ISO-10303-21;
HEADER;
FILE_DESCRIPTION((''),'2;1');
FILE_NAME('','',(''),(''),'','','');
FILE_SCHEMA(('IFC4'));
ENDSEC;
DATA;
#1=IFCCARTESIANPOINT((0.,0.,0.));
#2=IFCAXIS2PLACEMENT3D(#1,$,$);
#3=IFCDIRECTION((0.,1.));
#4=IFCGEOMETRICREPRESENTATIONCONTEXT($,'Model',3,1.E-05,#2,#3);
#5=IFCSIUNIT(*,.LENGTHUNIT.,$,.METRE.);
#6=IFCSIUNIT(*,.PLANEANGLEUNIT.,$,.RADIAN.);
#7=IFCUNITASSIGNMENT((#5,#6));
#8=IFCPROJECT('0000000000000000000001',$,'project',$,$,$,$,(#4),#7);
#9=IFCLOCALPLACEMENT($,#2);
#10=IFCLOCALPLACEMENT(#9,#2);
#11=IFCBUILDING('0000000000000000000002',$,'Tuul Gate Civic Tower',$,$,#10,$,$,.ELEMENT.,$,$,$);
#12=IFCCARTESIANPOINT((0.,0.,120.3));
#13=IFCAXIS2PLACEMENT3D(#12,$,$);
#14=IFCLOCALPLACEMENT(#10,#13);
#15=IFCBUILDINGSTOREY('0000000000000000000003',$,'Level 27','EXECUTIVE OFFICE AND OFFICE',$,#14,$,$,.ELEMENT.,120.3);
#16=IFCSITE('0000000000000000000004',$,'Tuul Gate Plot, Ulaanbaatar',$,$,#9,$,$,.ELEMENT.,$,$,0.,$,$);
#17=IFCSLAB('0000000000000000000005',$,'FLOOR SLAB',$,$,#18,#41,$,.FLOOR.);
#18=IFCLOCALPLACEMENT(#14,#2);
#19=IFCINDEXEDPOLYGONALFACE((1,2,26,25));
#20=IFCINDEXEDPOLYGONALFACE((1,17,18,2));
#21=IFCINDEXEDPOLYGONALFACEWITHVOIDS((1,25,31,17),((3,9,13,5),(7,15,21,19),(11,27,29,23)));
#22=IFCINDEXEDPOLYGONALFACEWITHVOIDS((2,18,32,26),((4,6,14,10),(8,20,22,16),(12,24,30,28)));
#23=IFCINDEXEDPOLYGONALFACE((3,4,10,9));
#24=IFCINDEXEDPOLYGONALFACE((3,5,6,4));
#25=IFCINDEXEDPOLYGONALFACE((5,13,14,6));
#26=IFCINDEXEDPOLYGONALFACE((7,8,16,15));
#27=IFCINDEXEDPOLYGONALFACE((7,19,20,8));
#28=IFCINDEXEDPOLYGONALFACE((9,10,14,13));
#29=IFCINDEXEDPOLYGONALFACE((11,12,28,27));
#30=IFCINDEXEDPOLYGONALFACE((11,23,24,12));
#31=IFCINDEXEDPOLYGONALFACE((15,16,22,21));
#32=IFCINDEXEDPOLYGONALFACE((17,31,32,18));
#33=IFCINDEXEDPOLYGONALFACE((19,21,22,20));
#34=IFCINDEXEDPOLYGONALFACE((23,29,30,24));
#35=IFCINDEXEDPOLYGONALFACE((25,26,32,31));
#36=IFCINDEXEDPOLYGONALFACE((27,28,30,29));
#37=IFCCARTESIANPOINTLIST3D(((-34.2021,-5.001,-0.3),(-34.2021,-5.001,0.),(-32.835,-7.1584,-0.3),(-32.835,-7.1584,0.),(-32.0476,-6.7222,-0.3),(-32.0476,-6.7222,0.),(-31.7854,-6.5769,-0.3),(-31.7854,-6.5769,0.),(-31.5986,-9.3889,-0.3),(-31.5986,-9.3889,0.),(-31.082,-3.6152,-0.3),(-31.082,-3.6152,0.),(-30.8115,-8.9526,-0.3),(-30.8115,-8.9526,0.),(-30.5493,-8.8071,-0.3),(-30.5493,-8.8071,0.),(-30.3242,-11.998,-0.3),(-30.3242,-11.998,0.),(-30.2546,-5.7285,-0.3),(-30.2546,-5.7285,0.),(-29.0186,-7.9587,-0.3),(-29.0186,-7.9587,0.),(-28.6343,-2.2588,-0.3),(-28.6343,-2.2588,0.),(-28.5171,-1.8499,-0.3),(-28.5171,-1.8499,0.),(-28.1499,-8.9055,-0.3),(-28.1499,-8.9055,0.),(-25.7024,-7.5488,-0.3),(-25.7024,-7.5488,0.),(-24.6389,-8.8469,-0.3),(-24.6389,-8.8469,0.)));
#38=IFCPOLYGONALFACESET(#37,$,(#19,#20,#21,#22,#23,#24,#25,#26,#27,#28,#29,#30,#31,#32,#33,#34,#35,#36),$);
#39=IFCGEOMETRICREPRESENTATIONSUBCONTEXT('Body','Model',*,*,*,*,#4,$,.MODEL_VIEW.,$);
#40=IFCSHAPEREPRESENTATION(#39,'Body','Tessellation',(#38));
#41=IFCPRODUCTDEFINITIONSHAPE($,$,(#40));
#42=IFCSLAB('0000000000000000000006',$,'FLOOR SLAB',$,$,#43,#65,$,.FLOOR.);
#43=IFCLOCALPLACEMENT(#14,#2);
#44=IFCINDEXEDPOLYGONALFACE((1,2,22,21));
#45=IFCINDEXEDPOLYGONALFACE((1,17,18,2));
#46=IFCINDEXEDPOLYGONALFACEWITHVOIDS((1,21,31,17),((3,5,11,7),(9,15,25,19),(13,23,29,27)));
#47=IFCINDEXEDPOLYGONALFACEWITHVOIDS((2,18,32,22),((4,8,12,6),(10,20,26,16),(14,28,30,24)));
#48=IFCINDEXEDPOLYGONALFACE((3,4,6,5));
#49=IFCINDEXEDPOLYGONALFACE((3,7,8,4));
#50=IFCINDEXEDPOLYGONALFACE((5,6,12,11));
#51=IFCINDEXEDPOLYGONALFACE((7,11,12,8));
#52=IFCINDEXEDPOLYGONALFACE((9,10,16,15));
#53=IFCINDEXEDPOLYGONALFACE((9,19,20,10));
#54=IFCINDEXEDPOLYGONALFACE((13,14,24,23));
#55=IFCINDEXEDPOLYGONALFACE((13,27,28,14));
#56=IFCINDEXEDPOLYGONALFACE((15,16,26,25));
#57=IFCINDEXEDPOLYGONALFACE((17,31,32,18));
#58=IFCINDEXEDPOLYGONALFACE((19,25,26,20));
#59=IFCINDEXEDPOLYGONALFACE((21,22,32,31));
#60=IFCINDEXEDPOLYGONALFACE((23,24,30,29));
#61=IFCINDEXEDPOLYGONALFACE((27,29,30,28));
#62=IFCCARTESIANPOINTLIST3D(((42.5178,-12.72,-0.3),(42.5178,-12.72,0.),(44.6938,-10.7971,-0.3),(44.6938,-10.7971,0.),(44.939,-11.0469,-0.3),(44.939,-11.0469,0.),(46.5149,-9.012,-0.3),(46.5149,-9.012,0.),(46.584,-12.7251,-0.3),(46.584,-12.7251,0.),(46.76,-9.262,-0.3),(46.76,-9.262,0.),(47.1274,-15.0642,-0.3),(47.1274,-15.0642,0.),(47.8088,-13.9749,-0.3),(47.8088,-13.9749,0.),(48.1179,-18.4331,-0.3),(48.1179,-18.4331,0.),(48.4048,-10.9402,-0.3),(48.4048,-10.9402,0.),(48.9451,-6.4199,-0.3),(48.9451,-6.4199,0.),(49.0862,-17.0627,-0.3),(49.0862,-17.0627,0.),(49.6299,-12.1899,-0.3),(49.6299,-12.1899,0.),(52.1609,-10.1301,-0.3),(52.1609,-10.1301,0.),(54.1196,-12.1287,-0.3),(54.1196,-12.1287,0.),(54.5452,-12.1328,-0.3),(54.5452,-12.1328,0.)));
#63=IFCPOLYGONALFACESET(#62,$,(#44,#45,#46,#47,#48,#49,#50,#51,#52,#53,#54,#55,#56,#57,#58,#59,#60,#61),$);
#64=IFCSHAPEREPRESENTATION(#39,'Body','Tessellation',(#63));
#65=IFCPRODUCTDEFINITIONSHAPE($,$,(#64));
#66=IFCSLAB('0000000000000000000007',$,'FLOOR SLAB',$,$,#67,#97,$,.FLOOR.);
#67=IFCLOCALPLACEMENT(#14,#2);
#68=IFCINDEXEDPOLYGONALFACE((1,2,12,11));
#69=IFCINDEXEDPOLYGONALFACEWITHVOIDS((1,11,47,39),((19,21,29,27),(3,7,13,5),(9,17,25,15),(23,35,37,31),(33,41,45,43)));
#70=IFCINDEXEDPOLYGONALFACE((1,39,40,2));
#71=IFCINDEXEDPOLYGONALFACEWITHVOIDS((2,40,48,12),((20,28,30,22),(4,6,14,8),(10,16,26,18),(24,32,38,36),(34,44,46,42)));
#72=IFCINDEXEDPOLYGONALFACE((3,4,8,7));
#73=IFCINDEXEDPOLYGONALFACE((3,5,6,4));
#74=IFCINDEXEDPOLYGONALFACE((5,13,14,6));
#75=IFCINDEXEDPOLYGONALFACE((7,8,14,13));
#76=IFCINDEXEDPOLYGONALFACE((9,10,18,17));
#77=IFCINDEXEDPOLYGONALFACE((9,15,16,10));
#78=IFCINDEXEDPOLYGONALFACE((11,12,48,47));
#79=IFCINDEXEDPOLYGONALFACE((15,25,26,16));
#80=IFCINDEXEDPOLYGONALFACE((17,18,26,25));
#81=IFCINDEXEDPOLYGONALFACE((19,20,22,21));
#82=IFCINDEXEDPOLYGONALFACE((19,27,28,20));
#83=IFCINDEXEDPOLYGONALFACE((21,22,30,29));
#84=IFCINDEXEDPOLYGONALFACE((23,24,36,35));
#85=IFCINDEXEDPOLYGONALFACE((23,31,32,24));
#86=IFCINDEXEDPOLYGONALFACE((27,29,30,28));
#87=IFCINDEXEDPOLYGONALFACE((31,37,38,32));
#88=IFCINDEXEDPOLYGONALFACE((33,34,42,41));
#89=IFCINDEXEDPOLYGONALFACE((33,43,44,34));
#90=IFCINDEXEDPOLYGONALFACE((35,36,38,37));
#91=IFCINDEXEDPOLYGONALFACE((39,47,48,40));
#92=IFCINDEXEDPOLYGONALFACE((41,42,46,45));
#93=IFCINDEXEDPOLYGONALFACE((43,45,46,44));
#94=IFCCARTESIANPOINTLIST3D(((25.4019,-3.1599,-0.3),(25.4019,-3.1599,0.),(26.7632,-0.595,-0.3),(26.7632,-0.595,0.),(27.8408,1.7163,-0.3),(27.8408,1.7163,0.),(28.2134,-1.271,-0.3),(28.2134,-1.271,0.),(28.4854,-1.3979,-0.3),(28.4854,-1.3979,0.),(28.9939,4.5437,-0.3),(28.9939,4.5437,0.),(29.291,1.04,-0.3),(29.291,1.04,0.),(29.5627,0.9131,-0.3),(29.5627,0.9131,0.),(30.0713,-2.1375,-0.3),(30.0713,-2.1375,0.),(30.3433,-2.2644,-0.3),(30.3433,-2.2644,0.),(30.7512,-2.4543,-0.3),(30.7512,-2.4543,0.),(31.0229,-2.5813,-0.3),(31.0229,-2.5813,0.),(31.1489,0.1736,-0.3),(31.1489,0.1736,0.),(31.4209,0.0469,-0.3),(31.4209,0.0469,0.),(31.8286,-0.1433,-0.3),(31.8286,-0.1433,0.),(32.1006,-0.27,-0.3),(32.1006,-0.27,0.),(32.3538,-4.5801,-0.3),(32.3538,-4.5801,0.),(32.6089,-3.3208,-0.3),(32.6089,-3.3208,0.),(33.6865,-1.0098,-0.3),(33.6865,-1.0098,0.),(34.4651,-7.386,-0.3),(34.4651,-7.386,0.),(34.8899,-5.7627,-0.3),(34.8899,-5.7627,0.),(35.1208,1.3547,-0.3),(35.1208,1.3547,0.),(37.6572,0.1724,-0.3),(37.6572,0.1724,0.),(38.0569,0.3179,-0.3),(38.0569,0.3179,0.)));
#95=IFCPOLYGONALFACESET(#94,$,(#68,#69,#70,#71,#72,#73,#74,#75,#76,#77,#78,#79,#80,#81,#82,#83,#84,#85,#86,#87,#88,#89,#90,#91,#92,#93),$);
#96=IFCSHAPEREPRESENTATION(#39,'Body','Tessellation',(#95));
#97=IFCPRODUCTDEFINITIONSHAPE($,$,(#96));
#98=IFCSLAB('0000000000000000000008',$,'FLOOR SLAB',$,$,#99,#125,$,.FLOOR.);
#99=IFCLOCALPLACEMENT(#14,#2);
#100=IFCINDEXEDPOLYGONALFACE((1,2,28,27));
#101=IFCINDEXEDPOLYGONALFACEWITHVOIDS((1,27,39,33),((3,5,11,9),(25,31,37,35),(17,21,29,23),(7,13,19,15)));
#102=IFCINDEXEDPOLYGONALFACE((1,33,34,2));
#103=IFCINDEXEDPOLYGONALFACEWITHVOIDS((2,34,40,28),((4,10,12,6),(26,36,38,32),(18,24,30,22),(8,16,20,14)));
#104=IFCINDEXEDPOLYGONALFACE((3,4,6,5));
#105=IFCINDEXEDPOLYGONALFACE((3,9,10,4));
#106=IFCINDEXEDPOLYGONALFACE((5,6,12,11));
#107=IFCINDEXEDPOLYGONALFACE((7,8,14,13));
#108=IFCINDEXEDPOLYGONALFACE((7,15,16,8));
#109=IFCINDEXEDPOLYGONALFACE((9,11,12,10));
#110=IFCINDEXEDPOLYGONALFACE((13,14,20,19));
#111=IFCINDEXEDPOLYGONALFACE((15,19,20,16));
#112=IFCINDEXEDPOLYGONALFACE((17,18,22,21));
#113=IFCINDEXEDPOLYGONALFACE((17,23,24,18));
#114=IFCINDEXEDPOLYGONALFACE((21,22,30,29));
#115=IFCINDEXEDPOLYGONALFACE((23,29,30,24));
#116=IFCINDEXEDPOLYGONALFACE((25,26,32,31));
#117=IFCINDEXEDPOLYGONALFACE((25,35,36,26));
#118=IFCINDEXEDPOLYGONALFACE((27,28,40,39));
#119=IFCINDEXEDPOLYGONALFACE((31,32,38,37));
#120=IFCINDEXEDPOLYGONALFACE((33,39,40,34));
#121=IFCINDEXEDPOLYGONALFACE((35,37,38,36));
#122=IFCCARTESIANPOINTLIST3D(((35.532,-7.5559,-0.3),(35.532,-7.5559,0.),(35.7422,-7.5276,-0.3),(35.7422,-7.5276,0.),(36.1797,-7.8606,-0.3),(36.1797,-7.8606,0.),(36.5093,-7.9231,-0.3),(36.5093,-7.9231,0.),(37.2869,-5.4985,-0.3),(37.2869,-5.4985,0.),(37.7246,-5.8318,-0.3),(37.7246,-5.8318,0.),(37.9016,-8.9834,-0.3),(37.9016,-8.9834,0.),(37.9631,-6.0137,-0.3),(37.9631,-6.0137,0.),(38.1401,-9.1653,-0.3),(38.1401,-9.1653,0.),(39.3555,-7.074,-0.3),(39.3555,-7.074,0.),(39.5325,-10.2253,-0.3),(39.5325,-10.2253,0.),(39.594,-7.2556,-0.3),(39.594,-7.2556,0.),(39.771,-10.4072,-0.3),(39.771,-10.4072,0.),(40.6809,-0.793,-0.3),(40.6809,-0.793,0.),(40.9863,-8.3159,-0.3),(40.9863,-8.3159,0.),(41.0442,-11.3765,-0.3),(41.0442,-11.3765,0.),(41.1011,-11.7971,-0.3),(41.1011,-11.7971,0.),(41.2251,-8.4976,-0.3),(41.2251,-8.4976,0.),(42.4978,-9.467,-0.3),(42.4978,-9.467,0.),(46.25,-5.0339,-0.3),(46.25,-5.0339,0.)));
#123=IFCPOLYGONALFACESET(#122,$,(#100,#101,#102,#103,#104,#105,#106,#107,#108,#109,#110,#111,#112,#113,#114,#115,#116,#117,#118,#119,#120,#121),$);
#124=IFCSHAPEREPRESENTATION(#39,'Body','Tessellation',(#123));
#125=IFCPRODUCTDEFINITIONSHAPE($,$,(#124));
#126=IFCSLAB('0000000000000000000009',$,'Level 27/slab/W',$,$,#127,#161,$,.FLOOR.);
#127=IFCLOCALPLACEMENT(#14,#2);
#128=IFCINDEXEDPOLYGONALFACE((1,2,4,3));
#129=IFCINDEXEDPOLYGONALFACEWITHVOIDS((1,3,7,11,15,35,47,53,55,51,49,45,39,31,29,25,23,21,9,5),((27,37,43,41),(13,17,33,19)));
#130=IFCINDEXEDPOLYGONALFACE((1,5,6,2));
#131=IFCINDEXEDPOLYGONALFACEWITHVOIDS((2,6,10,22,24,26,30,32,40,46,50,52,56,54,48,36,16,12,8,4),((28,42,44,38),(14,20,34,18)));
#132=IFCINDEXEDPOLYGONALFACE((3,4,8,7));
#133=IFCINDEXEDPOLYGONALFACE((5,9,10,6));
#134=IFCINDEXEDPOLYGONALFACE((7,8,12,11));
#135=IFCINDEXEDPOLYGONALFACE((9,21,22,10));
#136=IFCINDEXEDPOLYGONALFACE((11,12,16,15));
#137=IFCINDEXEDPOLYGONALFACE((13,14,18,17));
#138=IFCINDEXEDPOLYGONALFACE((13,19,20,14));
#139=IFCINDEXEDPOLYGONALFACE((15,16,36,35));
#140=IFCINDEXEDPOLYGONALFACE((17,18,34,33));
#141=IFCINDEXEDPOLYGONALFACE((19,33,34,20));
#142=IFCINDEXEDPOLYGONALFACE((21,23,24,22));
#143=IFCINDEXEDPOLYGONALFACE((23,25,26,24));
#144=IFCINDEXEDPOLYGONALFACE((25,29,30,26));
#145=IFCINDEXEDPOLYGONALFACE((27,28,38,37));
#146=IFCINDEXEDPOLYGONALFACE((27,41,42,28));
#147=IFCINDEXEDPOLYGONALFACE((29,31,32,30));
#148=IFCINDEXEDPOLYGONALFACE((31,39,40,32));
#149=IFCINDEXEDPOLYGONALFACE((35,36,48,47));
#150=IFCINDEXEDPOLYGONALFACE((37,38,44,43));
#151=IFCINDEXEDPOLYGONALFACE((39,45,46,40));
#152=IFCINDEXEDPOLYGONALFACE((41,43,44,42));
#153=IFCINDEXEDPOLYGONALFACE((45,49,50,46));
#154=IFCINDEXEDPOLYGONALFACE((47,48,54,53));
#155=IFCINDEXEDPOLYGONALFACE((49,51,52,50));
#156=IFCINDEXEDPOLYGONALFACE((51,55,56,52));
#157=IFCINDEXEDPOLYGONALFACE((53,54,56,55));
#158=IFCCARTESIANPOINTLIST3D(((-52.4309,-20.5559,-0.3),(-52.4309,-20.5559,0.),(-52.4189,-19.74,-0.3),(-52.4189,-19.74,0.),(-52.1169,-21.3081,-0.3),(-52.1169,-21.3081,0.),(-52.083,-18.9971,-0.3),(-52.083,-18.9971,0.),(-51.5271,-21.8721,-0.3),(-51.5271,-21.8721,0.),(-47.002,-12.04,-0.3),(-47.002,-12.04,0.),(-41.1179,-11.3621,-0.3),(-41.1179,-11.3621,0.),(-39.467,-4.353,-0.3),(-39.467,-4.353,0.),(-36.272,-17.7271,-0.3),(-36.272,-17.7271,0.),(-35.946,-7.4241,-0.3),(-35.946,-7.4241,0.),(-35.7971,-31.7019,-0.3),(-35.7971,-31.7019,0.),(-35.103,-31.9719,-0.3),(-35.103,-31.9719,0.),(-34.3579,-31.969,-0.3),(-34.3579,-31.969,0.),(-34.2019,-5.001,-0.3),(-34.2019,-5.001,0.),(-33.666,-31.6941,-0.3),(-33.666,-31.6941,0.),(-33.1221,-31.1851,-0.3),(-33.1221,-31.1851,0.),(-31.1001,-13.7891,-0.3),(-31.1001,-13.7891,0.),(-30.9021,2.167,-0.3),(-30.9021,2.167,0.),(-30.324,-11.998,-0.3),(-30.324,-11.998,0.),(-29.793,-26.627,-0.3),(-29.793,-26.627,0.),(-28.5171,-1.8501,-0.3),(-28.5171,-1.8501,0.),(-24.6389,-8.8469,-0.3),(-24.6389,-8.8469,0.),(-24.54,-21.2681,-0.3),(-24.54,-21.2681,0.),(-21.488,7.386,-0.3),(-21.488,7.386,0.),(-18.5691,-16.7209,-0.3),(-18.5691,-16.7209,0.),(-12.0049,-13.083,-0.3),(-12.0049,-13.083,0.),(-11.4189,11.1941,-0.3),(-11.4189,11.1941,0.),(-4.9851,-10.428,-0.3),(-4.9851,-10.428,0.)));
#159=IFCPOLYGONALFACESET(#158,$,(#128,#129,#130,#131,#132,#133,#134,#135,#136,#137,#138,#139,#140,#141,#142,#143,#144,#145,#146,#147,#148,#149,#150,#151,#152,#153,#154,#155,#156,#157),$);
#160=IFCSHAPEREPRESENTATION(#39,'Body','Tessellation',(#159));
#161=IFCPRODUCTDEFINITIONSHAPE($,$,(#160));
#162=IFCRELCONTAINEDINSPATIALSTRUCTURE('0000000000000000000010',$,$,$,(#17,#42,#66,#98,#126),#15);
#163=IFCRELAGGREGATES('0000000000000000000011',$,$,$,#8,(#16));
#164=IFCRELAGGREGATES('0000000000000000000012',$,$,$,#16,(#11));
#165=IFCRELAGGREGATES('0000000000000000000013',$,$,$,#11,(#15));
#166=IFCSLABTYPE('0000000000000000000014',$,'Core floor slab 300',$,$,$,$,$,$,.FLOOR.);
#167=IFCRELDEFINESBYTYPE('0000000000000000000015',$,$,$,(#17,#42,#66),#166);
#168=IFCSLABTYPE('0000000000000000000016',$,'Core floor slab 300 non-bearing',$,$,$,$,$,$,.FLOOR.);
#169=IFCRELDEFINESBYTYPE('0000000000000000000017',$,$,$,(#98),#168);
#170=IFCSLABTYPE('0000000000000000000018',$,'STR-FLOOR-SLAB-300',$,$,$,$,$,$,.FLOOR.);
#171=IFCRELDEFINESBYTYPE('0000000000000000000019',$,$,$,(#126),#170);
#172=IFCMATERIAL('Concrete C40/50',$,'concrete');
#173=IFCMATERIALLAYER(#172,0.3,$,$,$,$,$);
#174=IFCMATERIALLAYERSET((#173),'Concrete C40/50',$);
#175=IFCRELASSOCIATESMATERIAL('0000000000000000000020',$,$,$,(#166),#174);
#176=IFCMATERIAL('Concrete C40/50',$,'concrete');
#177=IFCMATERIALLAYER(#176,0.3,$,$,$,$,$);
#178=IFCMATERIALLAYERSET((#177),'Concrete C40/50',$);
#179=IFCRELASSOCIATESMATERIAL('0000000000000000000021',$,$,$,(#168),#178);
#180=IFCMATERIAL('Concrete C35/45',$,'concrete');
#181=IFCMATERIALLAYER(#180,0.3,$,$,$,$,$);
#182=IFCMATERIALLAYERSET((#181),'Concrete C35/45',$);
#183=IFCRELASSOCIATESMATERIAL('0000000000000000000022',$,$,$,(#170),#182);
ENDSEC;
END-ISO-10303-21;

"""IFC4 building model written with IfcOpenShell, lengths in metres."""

from ifc_helpers import new_model, si_unit, direction, frame, origin, place, context, subcontext, project, spatial, polyline, outline, extrude, material, layer, layer_set, type_object, element, save


model = new_model("IFC4")

# Units and contexts
model_context = context("Model", 3, precision=1e-05, world=origin(), true_north=direction((0.0, 1.0)))
body_context = subcontext(model_context, "Body", "Model", "MODEL_VIEW")
ifc_project = project(units=[si_unit("LENGTHUNIT", "METRE"), si_unit("PLANEANGLEUNIT", "RADIAN")], contexts=[model_context])

# Site, building, storey
site_placement = place(None, origin())
site = spatial("IfcSite", under=ifc_project, at=site_placement, Name="Tuul Gate Plot, Ulaanbaatar", CompositionType="ELEMENT", RefElevation=0.0)
building_placement = place(site_placement, origin())
building = spatial("IfcBuilding", under=site, at=building_placement, Name="Tuul Gate Civic Tower", CompositionType="ELEMENT")
storey_placement = place(building_placement, frame((0.0, 0.0, 120.3)))
storey = spatial("IfcBuildingStorey", under=building, at=storey_placement, Name="Level 27", Description="EXECUTIVE OFFICE AND OFFICE", CompositionType="ELEMENT", Elevation=120.3)

# Slabs
ifc_material_1 = material(Name="Concrete C40/50", Category="concrete")
ifc_layer_1 = layer(ifc_material_1, 0.3)
ifc_layer_set_1 = layer_set([ifc_layer_1], Name="Concrete C40/50")
slab_type_1 = type_object("IfcSlabType", Name="Core floor slab 300", PredefinedType="FLOOR", material=ifc_layer_set_1)
slab_1_placement = place(storey_placement, frame((0.0, 0.0, -0.3)))
element("IfcSlab", 1, at=slab_1_placement, inside=storey, type_object=slab_type_1, Name="FLOOR SLAB", PredefinedType="FLOOR", context=body_context, shape_type="SweptSolid", body=[
    extrude(outline(polyline([(-24.6389, -8.8469), (-28.5171, -1.8499), (-34.2021, -5.001), (-30.3242, -11.998), (-24.6389, -8.8469)]), holes=[polyline([(-29.0186, -7.9587), (-30.2546, -5.7285), (-31.7854, -6.5769), (-30.5493, -8.8071), (-29.0186, -7.9587)]), polyline([(-30.8115, -8.9526), (-32.0476, -6.7222), (-32.835, -7.1584), (-31.5986, -9.3889), (-30.8115, -8.9526)]), polyline([(-25.7024, -7.5488), (-28.1499, -8.9055), (-31.082, -3.6152), (-28.6343, -2.2588), (-25.7024, -7.5488)])]), origin(), (0.0, 0.0, 1.0), 0.3),
])
slab_2_placement = place(storey_placement, frame((0.0, 0.0, -0.3)))
element("IfcSlab", 2, at=slab_2_placement, inside=storey, type_object=slab_type_1, Name="FLOOR SLAB", PredefinedType="FLOOR", context=body_context, shape_type="SweptSolid", body=[
    extrude(outline(polyline([(48.1179, -18.4331), (54.5452, -12.1328), (48.9451, -6.4199), (42.5178, -12.72), (48.1179, -18.4331)]), holes=[polyline([(47.8088, -13.9749), (49.6299, -12.1899), (48.4048, -10.9402), (46.584, -12.7251), (47.8088, -13.9749)]), polyline([(44.939, -11.0469), (46.76, -9.262), (46.5149, -9.012), (44.6938, -10.7971), (44.939, -11.0469)]), polyline([(49.0862, -17.0627), (47.1274, -15.0642), (52.1609, -10.1301), (54.1196, -12.1287), (49.0862, -17.0627)])]), origin(), (0.0, 0.0, 1.0), 0.3),
])
slab_3_placement = place(storey_placement, frame((0.0, 0.0, -0.3)))
element("IfcSlab", 3, at=slab_3_placement, inside=storey, type_object=slab_type_1, Name="FLOOR SLAB", PredefinedType="FLOOR", context=body_context, shape_type="SweptSolid", body=[
    extrude(outline(polyline([(34.4651, -7.386), (38.0569, 0.3179), (28.9939, 4.5437), (25.4019, -3.1599), (34.4651, -7.386)]), holes=[polyline([(32.6089, -3.3208), (33.6865, -1.0098), (32.1006, -0.27), (31.0229, -2.5813), (32.6089, -3.3208)]), polyline([(30.0713, -2.1375), (31.1489, 0.1736), (29.5627, 0.9131), (28.4854, -1.3979), (30.0713, -2.1375)]), polyline([(30.7512, -2.4543), (31.8286, -0.1433), (31.4209, 0.0469), (30.3433, -2.2644), (30.7512, -2.4543)]), polyline([(28.2134, -1.271), (29.291, 1.04), (27.8408, 1.7163), (26.7632, -0.595), (28.2134, -1.271)]), polyline([(34.8899, -5.7627), (32.3538, -4.5801), (35.1208, 1.3547), (37.6572, 0.1724), (34.8899, -5.7627)])]), origin(), (0.0, 0.0, 1.0), 0.3),
])
ifc_material_2 = material(Name="Concrete C40/50", Category="concrete")
ifc_layer_2 = layer(ifc_material_2, 0.3)
ifc_layer_set_2 = layer_set([ifc_layer_2], Name="Concrete C40/50")
slab_type_2 = type_object("IfcSlabType", Name="Core floor slab 300 non-bearing", PredefinedType="FLOOR", material=ifc_layer_set_2)
slab_4_placement = place(storey_placement, frame((0.0, 0.0, -0.3)))
element("IfcSlab", 4, at=slab_4_placement, inside=storey, type_object=slab_type_2, Name="FLOOR SLAB", PredefinedType="FLOOR", context=body_context, shape_type="SweptSolid", body=[
    extrude(outline(polyline([(41.1011, -11.7971), (46.25, -5.0339), (40.6809, -0.793), (35.532, -7.5559), (41.1011, -11.7971)]), holes=[polyline([(41.0442, -11.3765), (42.4978, -9.467), (41.2251, -8.4976), (39.771, -10.4072), (41.0442, -11.3765)]), polyline([(39.5325, -10.2253), (40.9863, -8.3159), (39.594, -7.2556), (38.1401, -9.1653), (39.5325, -10.2253)]), polyline([(37.9016, -8.9834), (39.3555, -7.074), (37.9631, -6.0137), (36.5093, -7.9231), (37.9016, -8.9834)]), polyline([(36.1797, -7.8606), (37.7246, -5.8318), (37.2869, -5.4985), (35.7422, -7.5276), (36.1797, -7.8606)])]), origin(), (0.0, 0.0, 1.0), 0.3),
])
ifc_material_3 = material(Name="Concrete C35/45", Category="concrete")
ifc_layer_3 = layer(ifc_material_3, 0.3)
ifc_layer_set_3 = layer_set([ifc_layer_3], Name="Concrete C35/45")
slab_type_3 = type_object("IfcSlabType", Name="STR-FLOOR-SLAB-300", PredefinedType="FLOOR", material=ifc_layer_set_3)
slab_5_placement = place(storey_placement, frame((0.0, 0.0, -0.3)))
element("IfcSlab", 5, at=slab_5_placement, inside=storey, type_object=slab_type_3, Name="Level 27/slab/W", PredefinedType="FLOOR", context=body_context, shape_type="SweptSolid", body=[
    extrude(outline(polyline([(-12.0049, -13.083), (-4.9851, -10.428), (-11.4189, 11.1941), (-21.488, 7.386), (-30.9021, 2.167), (-39.467, -4.353), (-47.002, -12.04), (-52.083, -18.9971), (-52.4189, -19.74), (-52.4309, -20.5559), (-52.1169, -21.3081), (-51.5271, -21.8721), (-35.7971, -31.7019), (-35.103, -31.9719), (-34.3579, -31.969), (-33.666, -31.6941), (-33.1221, -31.1851), (-29.793, -26.627), (-24.54, -21.2681), (-18.5691, -16.7209), (-12.0049, -13.083)]), holes=[polyline([(-31.1001, -13.7891), (-36.272, -17.7271), (-41.1179, -11.3621), (-35.946, -7.4241), (-31.1001, -13.7891)]), polyline([(-24.6389, -8.8469), (-30.324, -11.998), (-34.2019, -5.001), (-28.5171, -1.8501), (-24.6389, -8.8469)])]), origin(), (0.0, 0.0, 1.0), 0.3),
])

save(model, "model.ifc")
